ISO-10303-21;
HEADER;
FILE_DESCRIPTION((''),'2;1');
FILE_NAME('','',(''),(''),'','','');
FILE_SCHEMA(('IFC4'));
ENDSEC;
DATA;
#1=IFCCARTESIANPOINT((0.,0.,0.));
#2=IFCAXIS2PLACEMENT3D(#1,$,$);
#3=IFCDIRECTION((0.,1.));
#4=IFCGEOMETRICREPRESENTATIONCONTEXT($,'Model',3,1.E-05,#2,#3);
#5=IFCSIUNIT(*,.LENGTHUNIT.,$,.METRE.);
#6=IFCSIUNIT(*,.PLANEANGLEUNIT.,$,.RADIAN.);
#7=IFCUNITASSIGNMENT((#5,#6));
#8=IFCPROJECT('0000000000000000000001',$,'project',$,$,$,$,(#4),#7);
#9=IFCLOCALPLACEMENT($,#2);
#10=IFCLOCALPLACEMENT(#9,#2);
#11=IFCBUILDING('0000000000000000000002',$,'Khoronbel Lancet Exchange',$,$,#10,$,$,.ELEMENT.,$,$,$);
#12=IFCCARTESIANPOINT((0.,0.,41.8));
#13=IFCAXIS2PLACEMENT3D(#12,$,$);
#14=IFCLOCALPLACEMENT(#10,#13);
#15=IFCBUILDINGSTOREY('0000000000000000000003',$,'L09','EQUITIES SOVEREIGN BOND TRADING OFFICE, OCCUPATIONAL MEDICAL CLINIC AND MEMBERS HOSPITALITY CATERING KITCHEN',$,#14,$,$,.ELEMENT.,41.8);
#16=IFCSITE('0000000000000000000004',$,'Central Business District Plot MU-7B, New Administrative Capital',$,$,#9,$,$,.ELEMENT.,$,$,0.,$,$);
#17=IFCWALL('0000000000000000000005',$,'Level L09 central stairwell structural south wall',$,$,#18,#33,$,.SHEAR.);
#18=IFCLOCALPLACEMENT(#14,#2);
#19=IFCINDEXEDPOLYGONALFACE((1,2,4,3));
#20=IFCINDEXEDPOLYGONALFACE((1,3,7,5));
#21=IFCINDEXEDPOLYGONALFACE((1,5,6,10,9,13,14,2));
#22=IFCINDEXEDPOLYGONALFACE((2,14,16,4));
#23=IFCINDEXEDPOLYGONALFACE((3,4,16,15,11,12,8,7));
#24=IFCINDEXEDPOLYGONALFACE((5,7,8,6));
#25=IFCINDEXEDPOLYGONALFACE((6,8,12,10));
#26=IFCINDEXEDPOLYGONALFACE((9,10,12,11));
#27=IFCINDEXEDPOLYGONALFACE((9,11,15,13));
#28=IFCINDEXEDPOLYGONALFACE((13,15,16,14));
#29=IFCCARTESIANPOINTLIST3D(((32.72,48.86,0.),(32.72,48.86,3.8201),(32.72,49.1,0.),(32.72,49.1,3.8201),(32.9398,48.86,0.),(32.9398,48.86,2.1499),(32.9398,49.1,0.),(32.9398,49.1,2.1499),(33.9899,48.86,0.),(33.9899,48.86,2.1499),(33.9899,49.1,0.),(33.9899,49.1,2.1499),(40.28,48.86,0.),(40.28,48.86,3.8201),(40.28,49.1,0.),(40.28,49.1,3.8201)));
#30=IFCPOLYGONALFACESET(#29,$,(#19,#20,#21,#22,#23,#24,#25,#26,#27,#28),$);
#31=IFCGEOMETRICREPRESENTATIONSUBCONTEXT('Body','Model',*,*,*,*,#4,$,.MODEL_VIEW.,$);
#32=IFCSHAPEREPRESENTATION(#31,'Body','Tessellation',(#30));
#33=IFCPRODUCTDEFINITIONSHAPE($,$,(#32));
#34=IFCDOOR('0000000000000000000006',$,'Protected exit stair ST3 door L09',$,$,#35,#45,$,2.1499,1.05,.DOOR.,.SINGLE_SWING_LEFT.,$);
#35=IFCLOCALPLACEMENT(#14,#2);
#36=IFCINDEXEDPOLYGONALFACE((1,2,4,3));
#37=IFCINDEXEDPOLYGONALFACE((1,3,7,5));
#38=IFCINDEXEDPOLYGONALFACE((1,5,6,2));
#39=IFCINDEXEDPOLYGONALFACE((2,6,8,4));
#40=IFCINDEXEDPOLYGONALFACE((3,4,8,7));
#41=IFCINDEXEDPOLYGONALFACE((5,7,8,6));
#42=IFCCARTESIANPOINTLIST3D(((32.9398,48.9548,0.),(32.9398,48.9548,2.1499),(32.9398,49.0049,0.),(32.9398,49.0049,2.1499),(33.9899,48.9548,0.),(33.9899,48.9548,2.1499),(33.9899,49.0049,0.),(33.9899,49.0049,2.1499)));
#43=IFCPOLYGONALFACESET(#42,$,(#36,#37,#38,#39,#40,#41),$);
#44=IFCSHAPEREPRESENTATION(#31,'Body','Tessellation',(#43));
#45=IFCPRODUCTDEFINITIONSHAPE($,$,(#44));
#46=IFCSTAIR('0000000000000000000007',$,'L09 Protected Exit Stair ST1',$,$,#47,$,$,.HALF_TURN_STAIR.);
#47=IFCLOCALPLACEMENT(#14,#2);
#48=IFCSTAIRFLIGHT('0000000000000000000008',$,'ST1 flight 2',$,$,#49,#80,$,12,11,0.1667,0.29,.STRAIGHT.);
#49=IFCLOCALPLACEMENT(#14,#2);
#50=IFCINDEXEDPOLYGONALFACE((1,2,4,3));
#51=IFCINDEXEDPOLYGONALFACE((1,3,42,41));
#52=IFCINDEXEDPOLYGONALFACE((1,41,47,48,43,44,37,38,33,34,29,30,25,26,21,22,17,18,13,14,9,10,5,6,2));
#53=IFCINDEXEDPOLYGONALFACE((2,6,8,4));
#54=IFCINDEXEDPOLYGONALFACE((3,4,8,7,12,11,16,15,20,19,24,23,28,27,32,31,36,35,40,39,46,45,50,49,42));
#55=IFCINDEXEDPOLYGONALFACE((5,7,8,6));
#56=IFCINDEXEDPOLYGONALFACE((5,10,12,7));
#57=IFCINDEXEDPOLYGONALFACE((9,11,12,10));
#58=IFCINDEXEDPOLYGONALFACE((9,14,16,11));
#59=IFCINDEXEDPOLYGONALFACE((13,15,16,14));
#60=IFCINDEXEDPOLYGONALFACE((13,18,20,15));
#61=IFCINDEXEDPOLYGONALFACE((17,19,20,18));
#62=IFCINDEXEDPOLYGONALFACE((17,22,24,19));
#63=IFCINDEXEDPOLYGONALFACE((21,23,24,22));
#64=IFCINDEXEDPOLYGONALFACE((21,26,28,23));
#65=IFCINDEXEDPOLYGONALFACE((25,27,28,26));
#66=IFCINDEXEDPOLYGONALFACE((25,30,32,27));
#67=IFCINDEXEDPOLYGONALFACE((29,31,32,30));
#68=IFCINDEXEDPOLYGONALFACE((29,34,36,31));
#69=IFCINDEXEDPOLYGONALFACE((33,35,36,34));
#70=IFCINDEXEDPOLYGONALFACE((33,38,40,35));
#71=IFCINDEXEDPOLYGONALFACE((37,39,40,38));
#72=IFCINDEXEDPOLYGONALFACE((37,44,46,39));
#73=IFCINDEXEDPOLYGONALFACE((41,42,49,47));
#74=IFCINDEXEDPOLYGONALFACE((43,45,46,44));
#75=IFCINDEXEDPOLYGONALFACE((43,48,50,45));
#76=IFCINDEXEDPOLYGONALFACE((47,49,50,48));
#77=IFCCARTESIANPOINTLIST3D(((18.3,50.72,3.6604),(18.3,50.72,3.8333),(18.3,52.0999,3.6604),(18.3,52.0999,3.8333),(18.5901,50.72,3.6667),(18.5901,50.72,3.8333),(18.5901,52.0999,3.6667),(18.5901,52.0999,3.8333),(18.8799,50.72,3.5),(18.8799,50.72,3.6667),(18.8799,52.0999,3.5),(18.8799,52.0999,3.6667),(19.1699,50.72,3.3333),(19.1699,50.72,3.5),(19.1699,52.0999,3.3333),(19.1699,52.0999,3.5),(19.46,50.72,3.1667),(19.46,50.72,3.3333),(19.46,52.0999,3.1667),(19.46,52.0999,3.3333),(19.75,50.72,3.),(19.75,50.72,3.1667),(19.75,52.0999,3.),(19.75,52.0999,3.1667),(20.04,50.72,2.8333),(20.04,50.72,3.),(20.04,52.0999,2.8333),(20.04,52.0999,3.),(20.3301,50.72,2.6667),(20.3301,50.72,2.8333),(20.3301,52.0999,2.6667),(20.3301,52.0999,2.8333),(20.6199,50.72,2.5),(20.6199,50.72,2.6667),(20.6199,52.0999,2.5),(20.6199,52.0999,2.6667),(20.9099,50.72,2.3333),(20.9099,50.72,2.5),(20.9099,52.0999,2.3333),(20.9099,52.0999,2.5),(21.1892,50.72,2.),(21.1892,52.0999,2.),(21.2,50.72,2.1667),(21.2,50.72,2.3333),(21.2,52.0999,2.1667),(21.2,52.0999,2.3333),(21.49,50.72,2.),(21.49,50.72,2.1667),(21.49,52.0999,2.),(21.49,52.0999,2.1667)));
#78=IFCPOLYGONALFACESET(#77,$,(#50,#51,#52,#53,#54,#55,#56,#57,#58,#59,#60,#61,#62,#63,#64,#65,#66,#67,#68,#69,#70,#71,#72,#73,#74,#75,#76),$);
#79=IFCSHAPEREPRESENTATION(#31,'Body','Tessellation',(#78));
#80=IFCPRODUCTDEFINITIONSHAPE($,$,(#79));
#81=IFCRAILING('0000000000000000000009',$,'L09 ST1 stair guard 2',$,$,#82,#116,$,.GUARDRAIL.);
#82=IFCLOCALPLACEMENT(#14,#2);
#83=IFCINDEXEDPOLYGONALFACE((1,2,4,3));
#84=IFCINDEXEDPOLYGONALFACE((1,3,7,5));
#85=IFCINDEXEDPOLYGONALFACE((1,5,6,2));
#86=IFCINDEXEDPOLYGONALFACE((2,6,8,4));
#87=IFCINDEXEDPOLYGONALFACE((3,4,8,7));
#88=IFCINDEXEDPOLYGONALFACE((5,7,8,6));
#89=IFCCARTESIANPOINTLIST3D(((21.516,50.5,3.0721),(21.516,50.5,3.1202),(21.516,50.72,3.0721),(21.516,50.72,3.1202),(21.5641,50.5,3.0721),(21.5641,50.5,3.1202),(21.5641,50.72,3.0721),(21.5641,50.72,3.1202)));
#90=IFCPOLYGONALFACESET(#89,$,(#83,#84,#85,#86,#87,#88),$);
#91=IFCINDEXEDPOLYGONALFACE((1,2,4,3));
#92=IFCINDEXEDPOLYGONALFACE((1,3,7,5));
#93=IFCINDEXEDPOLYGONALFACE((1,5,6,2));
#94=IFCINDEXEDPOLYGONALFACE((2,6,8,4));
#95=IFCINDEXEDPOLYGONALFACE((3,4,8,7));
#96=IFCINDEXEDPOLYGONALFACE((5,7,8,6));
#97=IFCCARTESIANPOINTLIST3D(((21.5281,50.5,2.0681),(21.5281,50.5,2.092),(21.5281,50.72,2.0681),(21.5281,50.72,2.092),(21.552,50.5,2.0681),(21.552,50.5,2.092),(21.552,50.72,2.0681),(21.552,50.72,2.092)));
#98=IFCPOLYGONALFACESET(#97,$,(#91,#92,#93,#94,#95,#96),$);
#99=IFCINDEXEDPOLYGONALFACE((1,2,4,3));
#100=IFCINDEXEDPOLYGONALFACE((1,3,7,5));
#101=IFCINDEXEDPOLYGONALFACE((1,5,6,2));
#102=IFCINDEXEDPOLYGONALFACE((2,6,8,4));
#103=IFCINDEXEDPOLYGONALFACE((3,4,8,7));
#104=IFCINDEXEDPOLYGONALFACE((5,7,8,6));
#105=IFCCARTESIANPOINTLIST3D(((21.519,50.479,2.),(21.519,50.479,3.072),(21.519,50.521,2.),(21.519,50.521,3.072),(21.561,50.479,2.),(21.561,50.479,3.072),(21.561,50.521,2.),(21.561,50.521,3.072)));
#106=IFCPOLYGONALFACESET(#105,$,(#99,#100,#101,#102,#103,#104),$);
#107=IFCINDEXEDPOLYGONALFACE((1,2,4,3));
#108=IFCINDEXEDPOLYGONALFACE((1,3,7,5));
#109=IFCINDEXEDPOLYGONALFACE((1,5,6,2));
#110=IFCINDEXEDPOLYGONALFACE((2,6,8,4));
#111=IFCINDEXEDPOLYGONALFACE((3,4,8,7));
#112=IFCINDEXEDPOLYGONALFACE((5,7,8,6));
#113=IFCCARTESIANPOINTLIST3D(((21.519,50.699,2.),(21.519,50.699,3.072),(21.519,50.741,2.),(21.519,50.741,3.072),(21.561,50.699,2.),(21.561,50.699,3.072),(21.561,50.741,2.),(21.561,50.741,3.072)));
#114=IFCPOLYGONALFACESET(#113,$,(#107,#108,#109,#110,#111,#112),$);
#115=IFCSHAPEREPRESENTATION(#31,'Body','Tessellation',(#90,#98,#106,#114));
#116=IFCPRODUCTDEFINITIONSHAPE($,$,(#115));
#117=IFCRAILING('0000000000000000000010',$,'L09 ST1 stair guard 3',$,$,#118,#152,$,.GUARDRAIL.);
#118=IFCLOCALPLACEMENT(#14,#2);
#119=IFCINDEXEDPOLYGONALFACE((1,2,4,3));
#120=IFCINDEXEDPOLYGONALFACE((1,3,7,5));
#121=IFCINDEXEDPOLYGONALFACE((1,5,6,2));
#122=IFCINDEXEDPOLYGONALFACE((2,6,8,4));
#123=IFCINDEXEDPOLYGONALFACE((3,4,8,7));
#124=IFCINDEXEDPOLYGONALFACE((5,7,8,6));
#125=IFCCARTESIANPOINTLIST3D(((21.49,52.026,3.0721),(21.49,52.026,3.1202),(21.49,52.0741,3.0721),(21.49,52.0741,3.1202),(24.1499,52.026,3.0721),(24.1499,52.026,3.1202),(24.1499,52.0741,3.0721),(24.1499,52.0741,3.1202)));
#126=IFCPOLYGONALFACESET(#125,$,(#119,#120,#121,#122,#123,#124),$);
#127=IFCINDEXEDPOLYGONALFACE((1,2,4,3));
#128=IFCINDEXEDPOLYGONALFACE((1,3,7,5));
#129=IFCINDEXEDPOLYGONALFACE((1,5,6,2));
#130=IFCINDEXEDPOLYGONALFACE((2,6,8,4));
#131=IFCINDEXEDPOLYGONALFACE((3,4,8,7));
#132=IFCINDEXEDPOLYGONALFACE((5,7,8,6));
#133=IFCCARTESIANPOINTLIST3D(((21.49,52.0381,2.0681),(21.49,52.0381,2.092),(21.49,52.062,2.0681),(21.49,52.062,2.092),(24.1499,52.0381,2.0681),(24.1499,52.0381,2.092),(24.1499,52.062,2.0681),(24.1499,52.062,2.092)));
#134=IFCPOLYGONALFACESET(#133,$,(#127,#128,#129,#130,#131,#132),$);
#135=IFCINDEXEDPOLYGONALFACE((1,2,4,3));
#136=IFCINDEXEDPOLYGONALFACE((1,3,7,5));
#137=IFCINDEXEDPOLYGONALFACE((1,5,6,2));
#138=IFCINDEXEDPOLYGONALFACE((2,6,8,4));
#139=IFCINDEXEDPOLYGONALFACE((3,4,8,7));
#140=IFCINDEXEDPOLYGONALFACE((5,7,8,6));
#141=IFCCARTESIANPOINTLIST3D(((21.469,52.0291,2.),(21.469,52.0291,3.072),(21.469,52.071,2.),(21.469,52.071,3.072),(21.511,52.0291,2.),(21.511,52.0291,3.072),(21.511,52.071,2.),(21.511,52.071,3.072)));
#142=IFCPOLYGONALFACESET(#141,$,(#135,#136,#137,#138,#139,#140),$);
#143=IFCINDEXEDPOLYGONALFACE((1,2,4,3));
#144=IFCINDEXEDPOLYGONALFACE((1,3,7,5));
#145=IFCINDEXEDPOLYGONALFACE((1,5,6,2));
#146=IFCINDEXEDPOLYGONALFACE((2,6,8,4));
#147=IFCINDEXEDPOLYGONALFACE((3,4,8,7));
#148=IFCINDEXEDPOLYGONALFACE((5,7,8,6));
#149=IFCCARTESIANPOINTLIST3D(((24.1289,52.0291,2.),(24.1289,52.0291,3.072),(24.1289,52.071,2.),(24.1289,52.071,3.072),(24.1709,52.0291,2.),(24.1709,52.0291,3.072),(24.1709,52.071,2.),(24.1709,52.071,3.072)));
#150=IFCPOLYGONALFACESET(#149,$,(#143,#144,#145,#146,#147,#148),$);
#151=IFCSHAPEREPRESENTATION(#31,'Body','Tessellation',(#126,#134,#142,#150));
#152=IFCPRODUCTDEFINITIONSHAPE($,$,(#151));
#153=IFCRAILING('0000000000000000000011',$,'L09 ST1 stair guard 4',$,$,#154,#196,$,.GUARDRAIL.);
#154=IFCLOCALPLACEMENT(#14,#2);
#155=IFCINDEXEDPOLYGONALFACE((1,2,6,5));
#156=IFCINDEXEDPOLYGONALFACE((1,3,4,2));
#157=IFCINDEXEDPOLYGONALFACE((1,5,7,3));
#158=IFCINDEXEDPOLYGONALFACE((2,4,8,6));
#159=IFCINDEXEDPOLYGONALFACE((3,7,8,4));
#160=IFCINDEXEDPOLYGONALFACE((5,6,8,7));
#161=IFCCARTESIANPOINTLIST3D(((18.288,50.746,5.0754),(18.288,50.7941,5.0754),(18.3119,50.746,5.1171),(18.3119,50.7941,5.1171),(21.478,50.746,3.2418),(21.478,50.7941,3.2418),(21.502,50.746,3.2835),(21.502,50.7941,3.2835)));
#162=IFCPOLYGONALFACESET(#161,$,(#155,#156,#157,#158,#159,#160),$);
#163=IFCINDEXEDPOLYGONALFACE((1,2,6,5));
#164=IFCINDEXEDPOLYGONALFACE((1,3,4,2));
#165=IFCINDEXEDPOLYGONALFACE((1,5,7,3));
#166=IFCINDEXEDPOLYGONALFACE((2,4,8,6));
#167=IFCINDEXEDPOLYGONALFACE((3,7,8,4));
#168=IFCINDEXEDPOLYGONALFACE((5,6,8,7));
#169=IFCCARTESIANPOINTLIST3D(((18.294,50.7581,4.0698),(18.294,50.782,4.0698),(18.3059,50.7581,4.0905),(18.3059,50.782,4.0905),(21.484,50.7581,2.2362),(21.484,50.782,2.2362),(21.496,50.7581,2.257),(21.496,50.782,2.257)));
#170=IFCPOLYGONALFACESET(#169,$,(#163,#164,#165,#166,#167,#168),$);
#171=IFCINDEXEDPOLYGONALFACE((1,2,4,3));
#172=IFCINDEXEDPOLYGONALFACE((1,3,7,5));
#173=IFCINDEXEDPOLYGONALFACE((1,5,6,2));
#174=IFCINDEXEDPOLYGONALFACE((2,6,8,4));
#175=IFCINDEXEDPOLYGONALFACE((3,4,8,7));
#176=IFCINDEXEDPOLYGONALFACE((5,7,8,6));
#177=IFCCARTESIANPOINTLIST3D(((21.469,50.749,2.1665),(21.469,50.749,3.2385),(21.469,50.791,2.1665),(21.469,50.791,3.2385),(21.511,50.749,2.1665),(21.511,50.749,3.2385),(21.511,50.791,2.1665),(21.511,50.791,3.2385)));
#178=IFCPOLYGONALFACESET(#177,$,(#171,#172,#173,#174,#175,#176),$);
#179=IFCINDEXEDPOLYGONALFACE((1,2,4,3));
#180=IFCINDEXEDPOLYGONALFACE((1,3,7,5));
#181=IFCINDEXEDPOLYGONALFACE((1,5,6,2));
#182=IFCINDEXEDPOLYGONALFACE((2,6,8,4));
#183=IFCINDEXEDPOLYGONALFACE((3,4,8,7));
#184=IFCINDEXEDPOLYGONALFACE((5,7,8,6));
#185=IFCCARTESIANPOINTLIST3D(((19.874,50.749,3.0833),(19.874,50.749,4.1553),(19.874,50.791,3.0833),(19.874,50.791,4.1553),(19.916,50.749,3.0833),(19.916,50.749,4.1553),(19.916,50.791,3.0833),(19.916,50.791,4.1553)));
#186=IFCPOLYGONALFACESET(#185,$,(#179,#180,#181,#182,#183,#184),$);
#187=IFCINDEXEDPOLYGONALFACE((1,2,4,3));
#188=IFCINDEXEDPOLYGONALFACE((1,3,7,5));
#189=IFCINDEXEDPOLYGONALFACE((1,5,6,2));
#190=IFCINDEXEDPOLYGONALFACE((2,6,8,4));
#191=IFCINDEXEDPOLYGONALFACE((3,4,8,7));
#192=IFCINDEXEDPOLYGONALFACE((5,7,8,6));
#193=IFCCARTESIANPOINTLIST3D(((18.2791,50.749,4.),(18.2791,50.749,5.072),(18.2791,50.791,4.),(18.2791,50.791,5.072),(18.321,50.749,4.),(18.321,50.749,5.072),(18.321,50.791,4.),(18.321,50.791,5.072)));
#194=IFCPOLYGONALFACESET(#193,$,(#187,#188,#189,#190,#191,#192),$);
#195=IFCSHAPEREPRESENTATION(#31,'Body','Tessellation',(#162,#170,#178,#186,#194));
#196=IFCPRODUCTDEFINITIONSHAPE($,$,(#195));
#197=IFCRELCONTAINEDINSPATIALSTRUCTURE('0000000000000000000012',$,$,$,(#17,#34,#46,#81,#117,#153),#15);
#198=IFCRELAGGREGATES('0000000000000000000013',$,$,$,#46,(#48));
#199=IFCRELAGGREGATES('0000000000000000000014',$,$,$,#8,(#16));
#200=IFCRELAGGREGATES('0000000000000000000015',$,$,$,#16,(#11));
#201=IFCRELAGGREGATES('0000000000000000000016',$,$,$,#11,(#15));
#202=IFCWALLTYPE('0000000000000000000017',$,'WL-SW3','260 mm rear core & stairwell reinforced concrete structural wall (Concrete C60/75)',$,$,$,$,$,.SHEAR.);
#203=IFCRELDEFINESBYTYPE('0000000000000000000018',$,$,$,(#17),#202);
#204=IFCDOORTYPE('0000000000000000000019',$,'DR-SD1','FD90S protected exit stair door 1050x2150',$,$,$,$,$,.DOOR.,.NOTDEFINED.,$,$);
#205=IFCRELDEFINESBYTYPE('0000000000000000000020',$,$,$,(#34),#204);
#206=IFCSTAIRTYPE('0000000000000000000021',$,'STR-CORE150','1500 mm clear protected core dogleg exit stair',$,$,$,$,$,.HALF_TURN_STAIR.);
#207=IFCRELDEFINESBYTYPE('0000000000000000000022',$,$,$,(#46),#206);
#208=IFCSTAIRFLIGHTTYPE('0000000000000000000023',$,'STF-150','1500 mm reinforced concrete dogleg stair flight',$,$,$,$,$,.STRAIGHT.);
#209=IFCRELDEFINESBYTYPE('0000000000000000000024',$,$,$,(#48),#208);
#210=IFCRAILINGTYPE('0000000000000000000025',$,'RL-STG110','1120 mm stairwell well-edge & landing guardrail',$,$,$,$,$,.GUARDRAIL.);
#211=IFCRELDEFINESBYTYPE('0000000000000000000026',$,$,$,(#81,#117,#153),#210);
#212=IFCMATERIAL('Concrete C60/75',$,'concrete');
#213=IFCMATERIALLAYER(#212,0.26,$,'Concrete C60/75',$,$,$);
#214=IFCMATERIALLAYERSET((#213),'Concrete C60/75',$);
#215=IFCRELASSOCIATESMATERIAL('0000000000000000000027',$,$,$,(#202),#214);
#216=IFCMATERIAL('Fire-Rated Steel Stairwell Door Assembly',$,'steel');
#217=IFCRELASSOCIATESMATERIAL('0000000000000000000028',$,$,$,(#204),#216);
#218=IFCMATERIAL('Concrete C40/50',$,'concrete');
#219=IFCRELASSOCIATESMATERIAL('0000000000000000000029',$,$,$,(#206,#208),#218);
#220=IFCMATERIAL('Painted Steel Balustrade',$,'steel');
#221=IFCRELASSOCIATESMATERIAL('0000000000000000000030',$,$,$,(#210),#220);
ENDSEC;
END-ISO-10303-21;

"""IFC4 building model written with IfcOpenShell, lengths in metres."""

from ifc_helpers import new_model, si_unit, direction, frame, frame_2d, origin, origin_2d, place, context, subcontext, project, spatial, polyline, rectangle, outline, extrude, material, layer, layer_set, type_object, element, fill, aggregate, save


model = new_model("IFC4")

# Units and contexts
model_context = context("Model", 3, precision=1e-05, world=origin(), true_north=direction((0.0, 1.0)))
body_context = subcontext(model_context, "Body", "Model", "MODEL_VIEW")
ifc_project = project(units=[si_unit("LENGTHUNIT", "METRE"), si_unit("PLANEANGLEUNIT", "RADIAN")], contexts=[model_context])

# Site, building, storey
site_placement = place(None, origin())
site = spatial("IfcSite", under=ifc_project, at=site_placement, Name="Central Business District Plot MU-7B, New Administrative Capital", CompositionType="ELEMENT", RefElevation=0.0)
building_placement = place(site_placement, origin())
building = spatial("IfcBuilding", under=site, at=building_placement, Name="Khoronbel Lancet Exchange", CompositionType="ELEMENT")
storey_placement = place(building_placement, frame((0.0, 0.0, 41.8)))
storey = spatial("IfcBuildingStorey", under=building, at=storey_placement, Name="L09", Description="EQUITIES SOVEREIGN BOND TRADING OFFICE, OCCUPATIONAL MEDICAL CLINIC AND MEMBERS HOSPITALITY CATERING KITCHEN", CompositionType="ELEMENT", Elevation=41.8)

# Shared definitions
ifc_material_1 = material(Name="Concrete C60/75", Category="concrete")
ifc_layer_1 = layer(ifc_material_1, 0.26, Name="Concrete C60/75")
ifc_layer_set_1 = layer_set([ifc_layer_1], Name="Concrete C60/75")
wall_type_1 = type_object("IfcWallType", Name="WL-SW3", Description="260 mm rear core & stairwell reinforced concrete structural wall (Concrete C60/75)", PredefinedType="SHEAR", material=ifc_layer_set_1)

# Wall, opening, door
wall_1_placement = place(storey_placement, frame((32.72, 48.98, 0.0), z_axis=(0.0, 0.0, 1.0), x_axis=(1.0, 0.0, 0.0)))
wall_1 = element("IfcWall", 1, at=wall_1_placement, inside=storey, type_object=wall_type_1, Name="Level L09 central stairwell structural south wall", PredefinedType="SHEAR", context=body_context, shape_type="SweptSolid", body=[
    extrude(rectangle(XDim=7.5601, YDim=0.24, at=frame_2d((3.78, 0.0))), origin(), (0.0, 0.0, 1.0), 3.8201),
])
opening_1_placement = place(wall_1_placement, frame((0.22, 0.0, 0.0)))
opening_1 = element("IfcOpeningElement", 2, at=opening_1_placement, cuts=wall_1, PredefinedType="OPENING", context=body_context, shape_type="SweptSolid", body=[
    extrude(rectangle(XDim=1.05, YDim=2.1499, at=frame_2d((0.5249, 1.075))), frame((0.0, 0.1299, 0.0), z_axis=(0.0, -1.0, 0.0), x_axis=(1.0, 0.0, 0.0)), (0.0, 0.0, 1.0), 0.26),
])
ifc_material_2 = material(Name="Fire-Rated Steel Stairwell Door Assembly", Category="steel")
door_type_1 = type_object("IfcDoorType", Name="DR-SD1", Description="FD90S protected exit stair door 1050x2150", OperationType="NOTDEFINED", PredefinedType="DOOR", material=ifc_material_2)
door_1_placement = place(opening_1_placement, origin())
door_1 = element("IfcDoor", 3, at=door_1_placement, inside=storey, type_object=door_type_1, Name="Protected exit stair ST3 door L09", OperationType="SINGLE_SWING_LEFT", OverallHeight=2.1499, OverallWidth=1.05, PredefinedType="DOOR", context=body_context, shape_type="SweptSolid", body=[
    extrude(rectangle(XDim=1.05, YDim=2.1499, at=frame_2d((0.5249, 1.075))), frame((0.0, 0.0249, 0.0), z_axis=(0.0, -1.0, 0.0), x_axis=(1.0, 0.0, 0.0)), (0.0, 0.0, 1.0), 0.05),
])
fill(opening_1, door_1)

# Stair, stair flight
ifc_material_3 = material(Name="Concrete C40/50", Category="concrete")
stair_type = type_object("IfcStairType", Name="STR-CORE150", Description="1500 mm clear protected core dogleg exit stair", PredefinedType="HALF_TURN_STAIR", material=ifc_material_3)
stair_placement = place(storey_placement, origin())
stair = element("IfcStair", 4, at=stair_placement, inside=storey, type_object=stair_type, Name="L09 Protected Exit Stair ST1", PredefinedType="HALF_TURN_STAIR")
stair_flight_type = type_object("IfcStairFlightType", Name="STF-150", Description="1500 mm reinforced concrete dogleg stair flight", PredefinedType="STRAIGHT", material=ifc_material_3)
stair_flight_placement = place(storey_placement, frame((21.49, 51.4099, 2.0), z_axis=(0.0, 0.0, 1.0), x_axis=(-1.0, 0.0, 0.0)))
stair_flight = element("IfcStairFlight", 5, at=stair_flight_placement, type_object=stair_flight_type, Name="ST1 flight 2", NumberOfRisers=12, NumberOfTreads=11, PredefinedType="STRAIGHT", RiserHeight=0.1667, TreadLength=0.29, context=body_context, shape_type="SweptSolid", body=[
    extrude(outline(polyline([(0.0, 0.0), (0.0, 0.1667), (0.29, 0.1667), (0.29, 0.3333), (0.5801, 0.3333), (0.5801, 0.5), (0.8701, 0.5), (0.8701, 0.6667), (1.1599, 0.6667), (1.1599, 0.8333), (1.45, 0.8333), (1.45, 1.0), (1.74, 1.0), (1.74, 1.1667), (2.03, 1.1667), (2.03, 1.3333), (2.3201, 1.3333), (2.3201, 1.5), (2.6101, 1.5), (2.6101, 1.6667), (2.8999, 1.6667), (2.8999, 1.8333), (3.1899, 1.8333), (3.1899, 2.0), (3.1899, 1.6604), (0.3008, 0.0), (0.0, 0.0)])), frame((0.0, 0.6899, 0.0), z_axis=(0.0, -1.0, 0.0), x_axis=(1.0, 0.0, 0.0)), (0.0, 0.0, 1.0), 1.3799),
])
aggregate(stair, [stair_flight])

# Railings
ifc_material_4 = material(Name="Painted Steel Balustrade", Category="steel")
railing_type_1 = type_object("IfcRailingType", Name="RL-STG110", Description="1120 mm stairwell well-edge & landing guardrail", PredefinedType="GUARDRAIL", material=ifc_material_4)
railing_1_placement = place(storey_placement, frame((21.54, 50.5, 2.0)))
element("IfcRailing", 6, at=railing_1_placement, inside=storey, type_object=railing_type_1, Name="L09 ST1 stair guard 2", PredefinedType="GUARDRAIL", context=body_context, shape_type="SweptSolid", body=[
    extrude(rectangle(XDim=0.0481, YDim=0.0481, at=origin_2d()), frame((0.0, 0.0, 1.0962), z_axis=(0.0, 1.0, 0.0), x_axis=(-1.0, 0.0, 0.0)), (0.0, 0.0, 1.0), 0.22),
    extrude(rectangle(XDim=0.0239, YDim=0.0239, at=origin_2d()), frame((0.0, 0.0, 0.0801), z_axis=(0.0, 1.0, 0.0), x_axis=(-1.0, 0.0, 0.0)), (0.0, 0.0, 1.0), 0.22),
    extrude(rectangle(XDim=0.042, YDim=0.042, at=origin_2d()), origin(), (0.0, 0.0, 1.0), 1.072),
    extrude(rectangle(XDim=0.042, YDim=0.042, at=origin_2d()), frame((0.0, 0.22, 0.0)), (0.0, 0.0, 1.0), 1.072),
])
railing_2_placement = place(storey_placement, frame((21.49, 52.05, 2.0)))
element("IfcRailing", 7, at=railing_2_placement, inside=storey, type_object=railing_type_1, Name="L09 ST1 stair guard 3", PredefinedType="GUARDRAIL", context=body_context, shape_type="SweptSolid", body=[
    extrude(rectangle(XDim=0.0481, YDim=0.0481, at=origin_2d()), frame((0.0, 0.0, 1.0962), z_axis=(1.0, 0.0, 0.0), x_axis=(0.0, 1.0, 0.0)), (0.0, 0.0, 1.0), 2.6599),
    extrude(rectangle(XDim=0.0239, YDim=0.0239, at=origin_2d()), frame((0.0, 0.0, 0.0801), z_axis=(1.0, 0.0, 0.0), x_axis=(0.0, 1.0, 0.0)), (0.0, 0.0, 1.0), 2.6599),
    extrude(rectangle(XDim=0.042, YDim=0.042, at=origin_2d()), origin(), (0.0, 0.0, 1.0), 1.072),
    extrude(rectangle(XDim=0.042, YDim=0.042, at=origin_2d()), frame((2.6599, 0.0, 0.0)), (0.0, 0.0, 1.0), 1.072),
])
railing_3_placement = place(storey_placement, frame((21.49, 50.77, 2.1665)))
element("IfcRailing", 8, at=railing_3_placement, inside=storey, type_object=railing_type_1, Name="L09 ST1 stair guard 4", PredefinedType="GUARDRAIL", context=body_context, shape_type="SweptSolid", body=[
    extrude(rectangle(XDim=0.0481, YDim=0.0481, at=origin_2d()), frame((0.0, 0.0, 1.0962), z_axis=(-0.866991, 0.0, 0.498324), x_axis=(0.0, -1.0, 0.0)), (0.0, 0.0, 1.0), 3.6794),
    extrude(rectangle(XDim=0.0239, YDim=0.0239, at=origin_2d()), frame((0.0, 0.0, 0.0801), z_axis=(-0.866991, 0.0, 0.498324), x_axis=(0.0, -1.0, 0.0)), (0.0, 0.0, 1.0), 3.6794),
    extrude(rectangle(XDim=0.042, YDim=0.042, at=origin_2d()), origin(), (0.0, 0.0, 1.0), 1.072),
    extrude(rectangle(XDim=0.042, YDim=0.042, at=origin_2d()), frame((-1.595, 0.0, 0.9167)), (0.0, 0.0, 1.0), 1.072),
    extrude(rectangle(XDim=0.042, YDim=0.042, at=origin_2d()), frame((-3.1899, 0.0, 1.8335)), (0.0, 0.0, 1.0), 1.072),
])

save(model, "model.ifc")
